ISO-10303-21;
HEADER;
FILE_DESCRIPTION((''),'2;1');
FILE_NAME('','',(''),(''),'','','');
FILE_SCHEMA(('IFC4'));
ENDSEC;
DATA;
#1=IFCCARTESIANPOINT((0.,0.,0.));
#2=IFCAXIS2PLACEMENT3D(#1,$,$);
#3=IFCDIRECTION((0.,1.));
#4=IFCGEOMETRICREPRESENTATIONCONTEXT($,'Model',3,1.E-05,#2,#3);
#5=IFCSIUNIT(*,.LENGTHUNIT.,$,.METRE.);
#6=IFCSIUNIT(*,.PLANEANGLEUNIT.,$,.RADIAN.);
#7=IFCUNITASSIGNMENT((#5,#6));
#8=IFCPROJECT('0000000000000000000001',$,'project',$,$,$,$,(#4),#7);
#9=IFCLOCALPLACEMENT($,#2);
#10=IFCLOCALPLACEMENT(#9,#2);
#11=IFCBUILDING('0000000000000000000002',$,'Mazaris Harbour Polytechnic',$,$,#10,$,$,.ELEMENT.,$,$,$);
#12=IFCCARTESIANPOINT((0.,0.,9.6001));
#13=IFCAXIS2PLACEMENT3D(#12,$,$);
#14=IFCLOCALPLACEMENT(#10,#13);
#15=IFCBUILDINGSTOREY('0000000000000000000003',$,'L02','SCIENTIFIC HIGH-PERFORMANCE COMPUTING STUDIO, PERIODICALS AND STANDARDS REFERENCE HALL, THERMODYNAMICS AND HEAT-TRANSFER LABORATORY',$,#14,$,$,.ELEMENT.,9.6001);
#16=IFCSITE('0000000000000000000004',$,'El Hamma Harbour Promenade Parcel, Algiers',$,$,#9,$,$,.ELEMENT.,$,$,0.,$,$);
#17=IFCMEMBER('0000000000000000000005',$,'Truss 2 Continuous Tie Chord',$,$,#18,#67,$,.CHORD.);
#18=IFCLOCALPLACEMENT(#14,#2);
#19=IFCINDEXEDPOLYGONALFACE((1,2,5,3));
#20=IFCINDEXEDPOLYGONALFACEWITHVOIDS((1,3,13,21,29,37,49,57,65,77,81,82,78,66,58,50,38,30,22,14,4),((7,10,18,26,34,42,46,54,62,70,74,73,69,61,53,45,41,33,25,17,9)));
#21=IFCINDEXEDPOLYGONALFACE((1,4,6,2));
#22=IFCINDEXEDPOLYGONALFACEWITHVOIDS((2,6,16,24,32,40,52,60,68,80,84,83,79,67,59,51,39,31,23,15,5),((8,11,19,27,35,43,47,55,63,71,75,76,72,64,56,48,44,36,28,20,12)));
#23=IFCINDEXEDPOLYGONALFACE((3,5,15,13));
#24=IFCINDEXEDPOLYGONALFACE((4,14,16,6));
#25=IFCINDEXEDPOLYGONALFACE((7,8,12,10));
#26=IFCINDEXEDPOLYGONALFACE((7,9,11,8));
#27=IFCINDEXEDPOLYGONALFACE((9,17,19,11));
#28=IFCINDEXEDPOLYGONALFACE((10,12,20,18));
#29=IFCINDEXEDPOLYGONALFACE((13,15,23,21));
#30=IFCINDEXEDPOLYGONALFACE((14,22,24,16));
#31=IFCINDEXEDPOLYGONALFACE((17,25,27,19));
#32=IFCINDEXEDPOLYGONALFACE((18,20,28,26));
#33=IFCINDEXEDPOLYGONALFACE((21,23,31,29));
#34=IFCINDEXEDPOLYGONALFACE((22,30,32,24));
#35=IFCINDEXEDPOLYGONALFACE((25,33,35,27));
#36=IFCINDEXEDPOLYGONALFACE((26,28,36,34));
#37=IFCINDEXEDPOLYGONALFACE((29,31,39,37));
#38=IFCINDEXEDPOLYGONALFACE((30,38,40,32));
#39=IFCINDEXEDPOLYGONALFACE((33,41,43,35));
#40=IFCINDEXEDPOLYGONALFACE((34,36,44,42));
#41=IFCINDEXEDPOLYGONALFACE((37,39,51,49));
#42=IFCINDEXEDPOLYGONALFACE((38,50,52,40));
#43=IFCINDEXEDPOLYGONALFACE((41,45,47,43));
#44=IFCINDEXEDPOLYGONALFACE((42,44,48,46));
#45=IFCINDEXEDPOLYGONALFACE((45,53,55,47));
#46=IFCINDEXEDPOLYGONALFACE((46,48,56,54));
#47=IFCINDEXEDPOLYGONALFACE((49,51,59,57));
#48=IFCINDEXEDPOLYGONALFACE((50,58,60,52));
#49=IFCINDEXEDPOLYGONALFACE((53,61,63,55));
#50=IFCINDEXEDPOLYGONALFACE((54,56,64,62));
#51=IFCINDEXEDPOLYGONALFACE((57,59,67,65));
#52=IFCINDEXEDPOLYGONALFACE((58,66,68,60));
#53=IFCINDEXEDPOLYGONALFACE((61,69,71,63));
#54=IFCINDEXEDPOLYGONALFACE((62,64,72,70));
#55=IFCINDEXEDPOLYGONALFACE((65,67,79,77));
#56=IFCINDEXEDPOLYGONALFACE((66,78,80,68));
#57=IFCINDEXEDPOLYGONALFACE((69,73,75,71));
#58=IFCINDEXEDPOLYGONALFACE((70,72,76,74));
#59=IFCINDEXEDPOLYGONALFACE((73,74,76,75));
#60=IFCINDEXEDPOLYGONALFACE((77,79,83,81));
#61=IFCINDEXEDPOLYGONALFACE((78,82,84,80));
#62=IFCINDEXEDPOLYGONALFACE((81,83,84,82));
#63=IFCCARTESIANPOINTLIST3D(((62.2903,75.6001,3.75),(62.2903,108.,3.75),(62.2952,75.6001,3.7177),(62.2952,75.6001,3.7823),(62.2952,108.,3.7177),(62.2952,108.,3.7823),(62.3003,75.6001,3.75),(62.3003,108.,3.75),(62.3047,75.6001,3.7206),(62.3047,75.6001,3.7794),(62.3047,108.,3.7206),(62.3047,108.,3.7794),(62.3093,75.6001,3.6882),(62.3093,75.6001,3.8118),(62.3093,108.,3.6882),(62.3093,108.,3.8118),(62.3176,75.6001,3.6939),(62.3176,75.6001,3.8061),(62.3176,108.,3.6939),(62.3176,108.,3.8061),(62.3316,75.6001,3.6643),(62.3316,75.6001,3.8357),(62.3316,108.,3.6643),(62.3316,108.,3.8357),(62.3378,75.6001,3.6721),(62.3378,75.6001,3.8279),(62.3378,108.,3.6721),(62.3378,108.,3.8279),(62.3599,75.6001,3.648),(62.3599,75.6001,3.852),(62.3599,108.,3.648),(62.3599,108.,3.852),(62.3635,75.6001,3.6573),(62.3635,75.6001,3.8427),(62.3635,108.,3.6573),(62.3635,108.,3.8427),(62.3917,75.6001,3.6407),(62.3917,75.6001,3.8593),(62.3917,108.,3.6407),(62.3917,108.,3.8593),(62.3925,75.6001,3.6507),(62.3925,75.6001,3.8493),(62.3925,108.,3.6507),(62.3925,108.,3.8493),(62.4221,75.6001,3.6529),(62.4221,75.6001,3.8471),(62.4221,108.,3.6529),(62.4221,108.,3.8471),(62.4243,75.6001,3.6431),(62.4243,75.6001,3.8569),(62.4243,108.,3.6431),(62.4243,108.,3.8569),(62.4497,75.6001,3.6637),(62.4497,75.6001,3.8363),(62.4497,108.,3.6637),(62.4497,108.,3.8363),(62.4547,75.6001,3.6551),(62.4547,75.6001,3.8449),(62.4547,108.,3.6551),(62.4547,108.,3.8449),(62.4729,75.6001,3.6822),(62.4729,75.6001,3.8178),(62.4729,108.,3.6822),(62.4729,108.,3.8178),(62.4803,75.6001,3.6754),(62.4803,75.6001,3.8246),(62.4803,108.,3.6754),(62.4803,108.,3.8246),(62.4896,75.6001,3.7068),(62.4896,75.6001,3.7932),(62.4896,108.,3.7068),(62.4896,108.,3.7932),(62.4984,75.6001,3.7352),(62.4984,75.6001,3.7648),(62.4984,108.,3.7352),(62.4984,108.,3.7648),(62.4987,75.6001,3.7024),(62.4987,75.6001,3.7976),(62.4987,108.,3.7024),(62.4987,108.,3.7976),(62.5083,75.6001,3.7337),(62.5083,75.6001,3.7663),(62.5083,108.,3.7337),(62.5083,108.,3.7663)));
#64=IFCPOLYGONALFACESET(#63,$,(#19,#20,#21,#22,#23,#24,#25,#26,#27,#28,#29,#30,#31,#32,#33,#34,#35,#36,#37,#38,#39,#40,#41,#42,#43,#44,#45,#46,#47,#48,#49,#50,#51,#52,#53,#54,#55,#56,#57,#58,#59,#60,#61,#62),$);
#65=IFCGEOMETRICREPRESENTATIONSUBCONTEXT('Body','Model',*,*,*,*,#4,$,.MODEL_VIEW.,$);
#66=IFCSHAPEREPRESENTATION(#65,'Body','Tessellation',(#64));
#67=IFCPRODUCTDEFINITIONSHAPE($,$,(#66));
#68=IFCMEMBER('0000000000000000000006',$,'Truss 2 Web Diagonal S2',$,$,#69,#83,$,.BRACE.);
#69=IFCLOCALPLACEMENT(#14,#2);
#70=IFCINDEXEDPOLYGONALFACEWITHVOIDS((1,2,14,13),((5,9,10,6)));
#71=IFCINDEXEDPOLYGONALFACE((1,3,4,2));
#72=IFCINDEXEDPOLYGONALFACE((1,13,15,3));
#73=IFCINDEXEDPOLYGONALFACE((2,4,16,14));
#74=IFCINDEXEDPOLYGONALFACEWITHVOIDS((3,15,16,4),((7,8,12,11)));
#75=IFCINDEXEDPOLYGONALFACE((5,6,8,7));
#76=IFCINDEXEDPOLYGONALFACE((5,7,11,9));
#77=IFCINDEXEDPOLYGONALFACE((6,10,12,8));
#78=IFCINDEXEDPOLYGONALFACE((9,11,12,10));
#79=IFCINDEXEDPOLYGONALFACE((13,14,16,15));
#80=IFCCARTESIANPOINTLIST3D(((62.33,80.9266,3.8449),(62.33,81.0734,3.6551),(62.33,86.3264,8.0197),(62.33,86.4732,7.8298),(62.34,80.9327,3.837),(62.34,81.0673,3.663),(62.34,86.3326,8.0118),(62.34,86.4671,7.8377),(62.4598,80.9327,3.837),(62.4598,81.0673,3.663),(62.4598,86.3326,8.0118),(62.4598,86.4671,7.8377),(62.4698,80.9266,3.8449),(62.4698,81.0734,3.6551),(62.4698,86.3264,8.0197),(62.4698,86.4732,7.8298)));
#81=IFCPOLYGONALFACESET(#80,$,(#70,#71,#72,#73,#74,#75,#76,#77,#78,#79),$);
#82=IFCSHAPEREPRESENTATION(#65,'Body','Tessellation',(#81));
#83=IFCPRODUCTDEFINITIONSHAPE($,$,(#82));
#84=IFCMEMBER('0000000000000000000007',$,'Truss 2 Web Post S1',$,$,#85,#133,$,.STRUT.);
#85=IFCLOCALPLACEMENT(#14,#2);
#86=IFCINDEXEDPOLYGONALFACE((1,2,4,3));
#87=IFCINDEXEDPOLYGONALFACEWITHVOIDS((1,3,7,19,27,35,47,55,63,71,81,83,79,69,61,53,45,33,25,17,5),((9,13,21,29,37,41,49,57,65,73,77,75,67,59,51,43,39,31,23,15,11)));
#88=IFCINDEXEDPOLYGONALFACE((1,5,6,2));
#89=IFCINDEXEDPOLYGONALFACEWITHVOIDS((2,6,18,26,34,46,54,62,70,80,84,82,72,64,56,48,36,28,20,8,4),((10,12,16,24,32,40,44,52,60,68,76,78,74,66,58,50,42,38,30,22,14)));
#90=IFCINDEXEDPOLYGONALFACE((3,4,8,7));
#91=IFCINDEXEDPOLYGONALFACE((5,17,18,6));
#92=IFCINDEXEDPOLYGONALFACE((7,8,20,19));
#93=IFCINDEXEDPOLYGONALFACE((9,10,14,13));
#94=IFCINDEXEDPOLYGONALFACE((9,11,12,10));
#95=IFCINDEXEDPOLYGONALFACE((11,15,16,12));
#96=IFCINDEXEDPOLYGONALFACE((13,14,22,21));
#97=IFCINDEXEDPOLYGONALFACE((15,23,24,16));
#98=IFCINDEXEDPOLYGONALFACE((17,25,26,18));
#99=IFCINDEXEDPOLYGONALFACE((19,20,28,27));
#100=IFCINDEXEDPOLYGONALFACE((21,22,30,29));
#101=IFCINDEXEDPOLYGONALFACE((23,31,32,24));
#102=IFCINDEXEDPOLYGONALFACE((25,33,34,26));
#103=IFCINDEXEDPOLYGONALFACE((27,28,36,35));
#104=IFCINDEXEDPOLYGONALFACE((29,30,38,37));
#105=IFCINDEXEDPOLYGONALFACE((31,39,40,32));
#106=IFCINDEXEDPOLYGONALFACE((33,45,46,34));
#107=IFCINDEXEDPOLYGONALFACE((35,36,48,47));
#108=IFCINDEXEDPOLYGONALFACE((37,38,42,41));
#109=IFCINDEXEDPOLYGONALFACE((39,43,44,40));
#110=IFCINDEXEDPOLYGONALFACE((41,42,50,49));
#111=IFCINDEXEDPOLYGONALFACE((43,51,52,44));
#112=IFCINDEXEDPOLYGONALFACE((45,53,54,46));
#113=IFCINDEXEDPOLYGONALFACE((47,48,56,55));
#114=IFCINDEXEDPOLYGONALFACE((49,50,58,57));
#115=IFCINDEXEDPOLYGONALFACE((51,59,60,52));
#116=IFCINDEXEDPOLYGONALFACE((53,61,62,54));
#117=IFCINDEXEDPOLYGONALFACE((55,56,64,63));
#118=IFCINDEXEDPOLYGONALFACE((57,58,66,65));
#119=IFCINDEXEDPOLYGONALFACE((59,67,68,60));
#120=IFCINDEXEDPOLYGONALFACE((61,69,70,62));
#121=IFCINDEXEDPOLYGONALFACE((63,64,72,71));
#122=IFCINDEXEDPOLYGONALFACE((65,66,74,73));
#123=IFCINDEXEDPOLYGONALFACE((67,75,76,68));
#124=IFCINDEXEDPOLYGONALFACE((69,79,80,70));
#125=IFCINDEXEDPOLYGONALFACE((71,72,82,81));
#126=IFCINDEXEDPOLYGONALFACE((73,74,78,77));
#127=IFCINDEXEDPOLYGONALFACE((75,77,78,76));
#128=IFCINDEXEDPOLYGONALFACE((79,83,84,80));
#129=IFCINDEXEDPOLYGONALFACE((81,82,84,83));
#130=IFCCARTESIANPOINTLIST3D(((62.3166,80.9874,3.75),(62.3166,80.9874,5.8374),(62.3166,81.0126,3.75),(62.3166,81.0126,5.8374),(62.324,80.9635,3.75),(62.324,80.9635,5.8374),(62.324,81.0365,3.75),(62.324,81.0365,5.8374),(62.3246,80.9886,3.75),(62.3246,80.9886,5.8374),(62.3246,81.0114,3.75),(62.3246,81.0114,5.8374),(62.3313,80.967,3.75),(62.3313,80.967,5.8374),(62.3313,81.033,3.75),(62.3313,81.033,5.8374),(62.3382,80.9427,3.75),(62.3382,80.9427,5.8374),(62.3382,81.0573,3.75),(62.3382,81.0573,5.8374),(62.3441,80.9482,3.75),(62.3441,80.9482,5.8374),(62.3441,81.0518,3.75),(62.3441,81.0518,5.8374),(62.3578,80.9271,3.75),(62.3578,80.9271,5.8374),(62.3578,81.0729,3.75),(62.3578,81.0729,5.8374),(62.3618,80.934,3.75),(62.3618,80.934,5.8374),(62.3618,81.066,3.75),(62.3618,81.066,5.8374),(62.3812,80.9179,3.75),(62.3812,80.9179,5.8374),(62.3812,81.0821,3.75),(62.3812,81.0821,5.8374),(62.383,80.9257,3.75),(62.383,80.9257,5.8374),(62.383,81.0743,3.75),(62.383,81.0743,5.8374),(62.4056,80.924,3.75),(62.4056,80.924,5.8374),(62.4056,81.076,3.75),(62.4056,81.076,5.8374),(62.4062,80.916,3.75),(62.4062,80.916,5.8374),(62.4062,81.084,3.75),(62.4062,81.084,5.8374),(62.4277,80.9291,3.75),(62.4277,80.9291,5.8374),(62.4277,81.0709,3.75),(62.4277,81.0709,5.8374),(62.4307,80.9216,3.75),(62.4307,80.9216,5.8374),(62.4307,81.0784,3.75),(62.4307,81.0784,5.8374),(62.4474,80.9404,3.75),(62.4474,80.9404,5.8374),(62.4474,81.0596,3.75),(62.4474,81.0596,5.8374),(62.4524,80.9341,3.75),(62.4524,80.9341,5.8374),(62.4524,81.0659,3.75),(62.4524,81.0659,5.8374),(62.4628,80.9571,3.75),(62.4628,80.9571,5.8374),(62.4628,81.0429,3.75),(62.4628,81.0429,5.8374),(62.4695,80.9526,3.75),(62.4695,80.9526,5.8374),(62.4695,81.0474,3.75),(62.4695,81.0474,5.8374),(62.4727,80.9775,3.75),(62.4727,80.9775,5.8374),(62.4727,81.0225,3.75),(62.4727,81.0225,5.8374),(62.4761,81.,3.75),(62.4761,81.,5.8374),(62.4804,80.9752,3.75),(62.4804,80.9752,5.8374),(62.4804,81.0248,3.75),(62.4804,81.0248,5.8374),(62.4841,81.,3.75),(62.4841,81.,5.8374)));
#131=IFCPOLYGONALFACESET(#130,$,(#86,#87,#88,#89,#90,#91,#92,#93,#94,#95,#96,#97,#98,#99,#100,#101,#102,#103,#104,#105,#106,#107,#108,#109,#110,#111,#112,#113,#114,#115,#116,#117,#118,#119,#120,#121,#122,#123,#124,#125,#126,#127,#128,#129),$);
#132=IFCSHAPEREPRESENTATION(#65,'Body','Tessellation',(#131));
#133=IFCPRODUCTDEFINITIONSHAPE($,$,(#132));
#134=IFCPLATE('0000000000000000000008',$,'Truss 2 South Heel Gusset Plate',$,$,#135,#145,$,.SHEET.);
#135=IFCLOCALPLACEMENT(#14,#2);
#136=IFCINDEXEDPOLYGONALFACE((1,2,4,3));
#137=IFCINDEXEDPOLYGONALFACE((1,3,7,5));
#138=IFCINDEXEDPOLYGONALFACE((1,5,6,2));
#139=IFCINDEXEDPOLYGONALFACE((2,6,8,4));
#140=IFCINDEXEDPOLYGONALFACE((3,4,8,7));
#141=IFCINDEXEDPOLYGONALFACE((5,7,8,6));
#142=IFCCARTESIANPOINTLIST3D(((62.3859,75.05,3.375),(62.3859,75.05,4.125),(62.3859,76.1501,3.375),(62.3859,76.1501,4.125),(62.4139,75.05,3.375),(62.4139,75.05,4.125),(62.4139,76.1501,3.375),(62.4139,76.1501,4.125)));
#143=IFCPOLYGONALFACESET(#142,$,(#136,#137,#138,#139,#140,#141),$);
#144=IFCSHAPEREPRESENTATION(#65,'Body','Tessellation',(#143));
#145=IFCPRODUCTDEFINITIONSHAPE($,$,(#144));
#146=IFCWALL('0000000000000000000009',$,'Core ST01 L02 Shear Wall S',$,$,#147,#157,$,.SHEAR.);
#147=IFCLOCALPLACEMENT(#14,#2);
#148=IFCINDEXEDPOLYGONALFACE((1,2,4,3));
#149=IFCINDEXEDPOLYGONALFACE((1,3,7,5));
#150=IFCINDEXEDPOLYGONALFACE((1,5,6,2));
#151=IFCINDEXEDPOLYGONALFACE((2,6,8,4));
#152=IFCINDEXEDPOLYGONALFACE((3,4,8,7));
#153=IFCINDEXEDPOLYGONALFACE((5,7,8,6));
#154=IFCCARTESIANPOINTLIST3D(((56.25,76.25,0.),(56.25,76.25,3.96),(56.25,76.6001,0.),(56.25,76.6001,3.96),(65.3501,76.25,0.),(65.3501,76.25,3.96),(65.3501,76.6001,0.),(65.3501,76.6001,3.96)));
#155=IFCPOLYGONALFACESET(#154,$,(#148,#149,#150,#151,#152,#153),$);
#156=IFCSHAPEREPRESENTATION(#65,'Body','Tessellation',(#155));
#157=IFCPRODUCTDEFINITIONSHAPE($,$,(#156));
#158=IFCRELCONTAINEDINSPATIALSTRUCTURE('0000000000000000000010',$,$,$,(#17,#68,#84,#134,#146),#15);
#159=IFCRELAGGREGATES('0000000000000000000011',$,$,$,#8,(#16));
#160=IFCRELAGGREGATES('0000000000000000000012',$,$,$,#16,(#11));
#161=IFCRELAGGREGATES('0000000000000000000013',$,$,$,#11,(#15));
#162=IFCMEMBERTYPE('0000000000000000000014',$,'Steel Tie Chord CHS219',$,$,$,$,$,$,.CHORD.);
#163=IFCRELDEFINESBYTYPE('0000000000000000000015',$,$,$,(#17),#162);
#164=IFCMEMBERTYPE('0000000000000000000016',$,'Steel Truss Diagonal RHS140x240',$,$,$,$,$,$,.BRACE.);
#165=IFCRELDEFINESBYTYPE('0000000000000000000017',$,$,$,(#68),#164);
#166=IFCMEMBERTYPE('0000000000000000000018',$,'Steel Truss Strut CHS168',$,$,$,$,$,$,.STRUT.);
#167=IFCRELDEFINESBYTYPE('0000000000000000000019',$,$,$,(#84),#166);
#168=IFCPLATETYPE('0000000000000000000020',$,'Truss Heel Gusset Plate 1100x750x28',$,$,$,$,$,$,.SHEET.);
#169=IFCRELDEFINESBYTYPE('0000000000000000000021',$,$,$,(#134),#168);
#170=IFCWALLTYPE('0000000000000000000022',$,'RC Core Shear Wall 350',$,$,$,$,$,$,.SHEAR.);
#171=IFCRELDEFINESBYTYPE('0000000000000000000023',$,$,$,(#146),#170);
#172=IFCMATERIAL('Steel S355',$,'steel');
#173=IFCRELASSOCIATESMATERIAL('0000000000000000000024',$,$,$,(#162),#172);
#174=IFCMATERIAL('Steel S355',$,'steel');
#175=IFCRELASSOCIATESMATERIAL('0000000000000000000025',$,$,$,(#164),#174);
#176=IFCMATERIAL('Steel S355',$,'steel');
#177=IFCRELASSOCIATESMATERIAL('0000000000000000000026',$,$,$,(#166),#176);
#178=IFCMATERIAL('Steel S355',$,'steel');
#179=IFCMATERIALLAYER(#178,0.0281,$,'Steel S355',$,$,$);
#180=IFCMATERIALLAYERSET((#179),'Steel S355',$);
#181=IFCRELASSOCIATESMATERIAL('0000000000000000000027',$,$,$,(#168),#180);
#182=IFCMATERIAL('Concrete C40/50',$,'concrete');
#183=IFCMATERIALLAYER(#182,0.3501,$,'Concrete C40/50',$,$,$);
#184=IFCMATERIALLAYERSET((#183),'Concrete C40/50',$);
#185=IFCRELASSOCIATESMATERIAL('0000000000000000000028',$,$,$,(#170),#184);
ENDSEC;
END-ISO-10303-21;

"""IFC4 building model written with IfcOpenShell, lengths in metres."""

from ifc_helpers import new_model, si_unit, direction, frame, frame_2d, origin, origin_2d, place, context, subcontext, project, spatial, rectangle, hollow_rectangle, hollow_circle, extrude, material, layer, layer_set, material_profile, profile_set, type_object, element, save


model = new_model("IFC4")

# Units and contexts
model_context = context("Model", 3, precision=1e-05, world=origin(), true_north=direction((0.0, 1.0)))
body_context = subcontext(model_context, "Body", "Model", "MODEL_VIEW")
ifc_project = project(units=[si_unit("LENGTHUNIT", "METRE"), si_unit("PLANEANGLEUNIT", "RADIAN")], contexts=[model_context])

# Site, building, storey
site_placement = place(None, origin())
site = spatial("IfcSite", under=ifc_project, at=site_placement, Name="El Hamma Harbour Promenade Parcel, Algiers", CompositionType="ELEMENT", RefElevation=0.0)
building_placement = place(site_placement, origin())
building = spatial("IfcBuilding", under=site, at=building_placement, Name="Mazaris Harbour Polytechnic", CompositionType="ELEMENT")
storey_placement = place(building_placement, frame((0.0, 0.0, 9.6001)))
storey = spatial("IfcBuildingStorey", under=building, at=storey_placement, Name="L02", Description="SCIENTIFIC HIGH-PERFORMANCE COMPUTING STUDIO, PERIODICALS AND STANDARDS REFERENCE HALL, THERMODYNAMICS AND HEAT-TRANSFER LABORATORY", CompositionType="ELEMENT", Elevation=9.6001)

# Members
ifc_material_1 = material(Name="Steel S355", Category="steel")
ifc_material_profile_1 = material_profile(ifc_material_1, hollow_circle(Radius=0.1096, WallThickness=0.01, at=origin_2d()), Name="CHS 219.1x10.0")
ifc_profile_set_1 = profile_set([ifc_material_profile_1], Name="Steel S355")
member_type_1 = type_object("IfcMemberType", Name="Steel Tie Chord CHS219", PredefinedType="CHORD", material=ifc_profile_set_1)
member_1_placement = place(storey_placement, frame((62.3999, 75.6001, 3.75), z_axis=(0.0, 1.0, 0.0), x_axis=(-1.0, 0.0, 0.0)))
element("IfcMember", 1, at=member_1_placement, inside=storey, type_object=member_type_1, Name="Truss 2 Continuous Tie Chord", PredefinedType="CHORD", context=body_context, shape_type="SweptSolid", body=[
    extrude(hollow_circle(Radius=0.1096, WallThickness=0.01, at=origin_2d()), origin(), (0.0, 0.0, 1.0), 32.3999),
])
ifc_material_2 = material(Name="Steel S355", Category="steel")
ifc_material_profile_2 = material_profile(ifc_material_2, hollow_rectangle(XDim=0.1399, YDim=0.24, WallThickness=0.01, at=origin_2d()), Name="RHS 140x240x10.0")
ifc_profile_set_2 = profile_set([ifc_material_profile_2], Name="Steel S355")
member_type_2 = type_object("IfcMemberType", Name="Steel Truss Diagonal RHS140x240", PredefinedType="BRACE", material=ifc_profile_set_2)
member_2_placement = place(storey_placement, frame((62.3999, 81.0, 3.75), z_axis=(0.0, 0.791132, 0.611645), x_axis=(-1.0, 0.0, 0.0)))
element("IfcMember", 2, at=member_2_placement, inside=storey, type_object=member_type_2, Name="Truss 2 Web Diagonal S2", PredefinedType="BRACE", context=body_context, shape_type="SweptSolid", body=[
    extrude(hollow_rectangle(XDim=0.1399, YDim=0.24, WallThickness=0.01, at=origin_2d()), origin(), (0.0, 0.0, 1.0), 6.8254),
])
ifc_material_3 = material(Name="Steel S355", Category="steel")
ifc_material_profile_3 = material_profile(ifc_material_3, hollow_circle(Radius=0.0842, WallThickness=0.0081, at=origin_2d()), Name="CHS 168.3x8.0")
ifc_profile_set_3 = profile_set([ifc_material_profile_3], Name="Steel S355")
member_type_3 = type_object("IfcMemberType", Name="Steel Truss Strut CHS168", PredefinedType="STRUT", material=ifc_profile_set_3)
member_3_placement = place(storey_placement, frame((62.3999, 81.0, 3.75), z_axis=(0.0, 0.0, 1.0), x_axis=(1.0, 0.0, 0.0)))
element("IfcMember", 3, at=member_3_placement, inside=storey, type_object=member_type_3, Name="Truss 2 Web Post S1", PredefinedType="STRUT", context=body_context, shape_type="SweptSolid", body=[
    extrude(hollow_circle(Radius=0.0842, WallThickness=0.0081, at=origin_2d()), origin(), (0.0, 0.0, 1.0), 2.0874),
])

# Plate
ifc_material_4 = material(Name="Steel S355", Category="steel")
ifc_layer_1 = layer(ifc_material_4, 0.0281, Name="Steel S355")
ifc_layer_set_1 = layer_set([ifc_layer_1], Name="Steel S355")
plate_type = type_object("IfcPlateType", Name="Truss Heel Gusset Plate 1100x750x28", PredefinedType="SHEET", material=ifc_layer_set_1)
plate_placement = place(storey_placement, frame((62.3999, 75.6001, 3.375), z_axis=(0.0, 0.0, 1.0), x_axis=(0.0, 1.0, 0.0)))
element("IfcPlate", 4, at=plate_placement, inside=storey, type_object=plate_type, Name="Truss 2 South Heel Gusset Plate", PredefinedType="SHEET", context=body_context, shape_type="SweptSolid", body=[
    extrude(rectangle(XDim=1.1001, YDim=0.0281, at=origin_2d()), origin(), (0.0, 0.0, 1.0), 0.75),
])

# Wall
ifc_material_5 = material(Name="Concrete C40/50", Category="concrete")
ifc_layer_2 = layer(ifc_material_5, 0.3501, Name="Concrete C40/50")
ifc_layer_set_2 = layer_set([ifc_layer_2], Name="Concrete C40/50")
wall_type = type_object("IfcWallType", Name="RC Core Shear Wall 350", PredefinedType="SHEAR", material=ifc_layer_set_2)
wall_1_placement = place(storey_placement, frame((56.25, 76.425, 0.0), z_axis=(0.0, 0.0, 1.0), x_axis=(1.0, 0.0, 0.0)))
element("IfcWall", 5, at=wall_1_placement, inside=storey, type_object=wall_type, Name="Core ST01 L02 Shear Wall S", PredefinedType="SHEAR", context=body_context, shape_type="SweptSolid", body=[
    extrude(rectangle(XDim=9.1001, YDim=0.3501, at=frame_2d((4.55, 0.0))), origin(), (0.0, 0.0, 1.0), 3.96),
])

save(model, "model.ifc")
